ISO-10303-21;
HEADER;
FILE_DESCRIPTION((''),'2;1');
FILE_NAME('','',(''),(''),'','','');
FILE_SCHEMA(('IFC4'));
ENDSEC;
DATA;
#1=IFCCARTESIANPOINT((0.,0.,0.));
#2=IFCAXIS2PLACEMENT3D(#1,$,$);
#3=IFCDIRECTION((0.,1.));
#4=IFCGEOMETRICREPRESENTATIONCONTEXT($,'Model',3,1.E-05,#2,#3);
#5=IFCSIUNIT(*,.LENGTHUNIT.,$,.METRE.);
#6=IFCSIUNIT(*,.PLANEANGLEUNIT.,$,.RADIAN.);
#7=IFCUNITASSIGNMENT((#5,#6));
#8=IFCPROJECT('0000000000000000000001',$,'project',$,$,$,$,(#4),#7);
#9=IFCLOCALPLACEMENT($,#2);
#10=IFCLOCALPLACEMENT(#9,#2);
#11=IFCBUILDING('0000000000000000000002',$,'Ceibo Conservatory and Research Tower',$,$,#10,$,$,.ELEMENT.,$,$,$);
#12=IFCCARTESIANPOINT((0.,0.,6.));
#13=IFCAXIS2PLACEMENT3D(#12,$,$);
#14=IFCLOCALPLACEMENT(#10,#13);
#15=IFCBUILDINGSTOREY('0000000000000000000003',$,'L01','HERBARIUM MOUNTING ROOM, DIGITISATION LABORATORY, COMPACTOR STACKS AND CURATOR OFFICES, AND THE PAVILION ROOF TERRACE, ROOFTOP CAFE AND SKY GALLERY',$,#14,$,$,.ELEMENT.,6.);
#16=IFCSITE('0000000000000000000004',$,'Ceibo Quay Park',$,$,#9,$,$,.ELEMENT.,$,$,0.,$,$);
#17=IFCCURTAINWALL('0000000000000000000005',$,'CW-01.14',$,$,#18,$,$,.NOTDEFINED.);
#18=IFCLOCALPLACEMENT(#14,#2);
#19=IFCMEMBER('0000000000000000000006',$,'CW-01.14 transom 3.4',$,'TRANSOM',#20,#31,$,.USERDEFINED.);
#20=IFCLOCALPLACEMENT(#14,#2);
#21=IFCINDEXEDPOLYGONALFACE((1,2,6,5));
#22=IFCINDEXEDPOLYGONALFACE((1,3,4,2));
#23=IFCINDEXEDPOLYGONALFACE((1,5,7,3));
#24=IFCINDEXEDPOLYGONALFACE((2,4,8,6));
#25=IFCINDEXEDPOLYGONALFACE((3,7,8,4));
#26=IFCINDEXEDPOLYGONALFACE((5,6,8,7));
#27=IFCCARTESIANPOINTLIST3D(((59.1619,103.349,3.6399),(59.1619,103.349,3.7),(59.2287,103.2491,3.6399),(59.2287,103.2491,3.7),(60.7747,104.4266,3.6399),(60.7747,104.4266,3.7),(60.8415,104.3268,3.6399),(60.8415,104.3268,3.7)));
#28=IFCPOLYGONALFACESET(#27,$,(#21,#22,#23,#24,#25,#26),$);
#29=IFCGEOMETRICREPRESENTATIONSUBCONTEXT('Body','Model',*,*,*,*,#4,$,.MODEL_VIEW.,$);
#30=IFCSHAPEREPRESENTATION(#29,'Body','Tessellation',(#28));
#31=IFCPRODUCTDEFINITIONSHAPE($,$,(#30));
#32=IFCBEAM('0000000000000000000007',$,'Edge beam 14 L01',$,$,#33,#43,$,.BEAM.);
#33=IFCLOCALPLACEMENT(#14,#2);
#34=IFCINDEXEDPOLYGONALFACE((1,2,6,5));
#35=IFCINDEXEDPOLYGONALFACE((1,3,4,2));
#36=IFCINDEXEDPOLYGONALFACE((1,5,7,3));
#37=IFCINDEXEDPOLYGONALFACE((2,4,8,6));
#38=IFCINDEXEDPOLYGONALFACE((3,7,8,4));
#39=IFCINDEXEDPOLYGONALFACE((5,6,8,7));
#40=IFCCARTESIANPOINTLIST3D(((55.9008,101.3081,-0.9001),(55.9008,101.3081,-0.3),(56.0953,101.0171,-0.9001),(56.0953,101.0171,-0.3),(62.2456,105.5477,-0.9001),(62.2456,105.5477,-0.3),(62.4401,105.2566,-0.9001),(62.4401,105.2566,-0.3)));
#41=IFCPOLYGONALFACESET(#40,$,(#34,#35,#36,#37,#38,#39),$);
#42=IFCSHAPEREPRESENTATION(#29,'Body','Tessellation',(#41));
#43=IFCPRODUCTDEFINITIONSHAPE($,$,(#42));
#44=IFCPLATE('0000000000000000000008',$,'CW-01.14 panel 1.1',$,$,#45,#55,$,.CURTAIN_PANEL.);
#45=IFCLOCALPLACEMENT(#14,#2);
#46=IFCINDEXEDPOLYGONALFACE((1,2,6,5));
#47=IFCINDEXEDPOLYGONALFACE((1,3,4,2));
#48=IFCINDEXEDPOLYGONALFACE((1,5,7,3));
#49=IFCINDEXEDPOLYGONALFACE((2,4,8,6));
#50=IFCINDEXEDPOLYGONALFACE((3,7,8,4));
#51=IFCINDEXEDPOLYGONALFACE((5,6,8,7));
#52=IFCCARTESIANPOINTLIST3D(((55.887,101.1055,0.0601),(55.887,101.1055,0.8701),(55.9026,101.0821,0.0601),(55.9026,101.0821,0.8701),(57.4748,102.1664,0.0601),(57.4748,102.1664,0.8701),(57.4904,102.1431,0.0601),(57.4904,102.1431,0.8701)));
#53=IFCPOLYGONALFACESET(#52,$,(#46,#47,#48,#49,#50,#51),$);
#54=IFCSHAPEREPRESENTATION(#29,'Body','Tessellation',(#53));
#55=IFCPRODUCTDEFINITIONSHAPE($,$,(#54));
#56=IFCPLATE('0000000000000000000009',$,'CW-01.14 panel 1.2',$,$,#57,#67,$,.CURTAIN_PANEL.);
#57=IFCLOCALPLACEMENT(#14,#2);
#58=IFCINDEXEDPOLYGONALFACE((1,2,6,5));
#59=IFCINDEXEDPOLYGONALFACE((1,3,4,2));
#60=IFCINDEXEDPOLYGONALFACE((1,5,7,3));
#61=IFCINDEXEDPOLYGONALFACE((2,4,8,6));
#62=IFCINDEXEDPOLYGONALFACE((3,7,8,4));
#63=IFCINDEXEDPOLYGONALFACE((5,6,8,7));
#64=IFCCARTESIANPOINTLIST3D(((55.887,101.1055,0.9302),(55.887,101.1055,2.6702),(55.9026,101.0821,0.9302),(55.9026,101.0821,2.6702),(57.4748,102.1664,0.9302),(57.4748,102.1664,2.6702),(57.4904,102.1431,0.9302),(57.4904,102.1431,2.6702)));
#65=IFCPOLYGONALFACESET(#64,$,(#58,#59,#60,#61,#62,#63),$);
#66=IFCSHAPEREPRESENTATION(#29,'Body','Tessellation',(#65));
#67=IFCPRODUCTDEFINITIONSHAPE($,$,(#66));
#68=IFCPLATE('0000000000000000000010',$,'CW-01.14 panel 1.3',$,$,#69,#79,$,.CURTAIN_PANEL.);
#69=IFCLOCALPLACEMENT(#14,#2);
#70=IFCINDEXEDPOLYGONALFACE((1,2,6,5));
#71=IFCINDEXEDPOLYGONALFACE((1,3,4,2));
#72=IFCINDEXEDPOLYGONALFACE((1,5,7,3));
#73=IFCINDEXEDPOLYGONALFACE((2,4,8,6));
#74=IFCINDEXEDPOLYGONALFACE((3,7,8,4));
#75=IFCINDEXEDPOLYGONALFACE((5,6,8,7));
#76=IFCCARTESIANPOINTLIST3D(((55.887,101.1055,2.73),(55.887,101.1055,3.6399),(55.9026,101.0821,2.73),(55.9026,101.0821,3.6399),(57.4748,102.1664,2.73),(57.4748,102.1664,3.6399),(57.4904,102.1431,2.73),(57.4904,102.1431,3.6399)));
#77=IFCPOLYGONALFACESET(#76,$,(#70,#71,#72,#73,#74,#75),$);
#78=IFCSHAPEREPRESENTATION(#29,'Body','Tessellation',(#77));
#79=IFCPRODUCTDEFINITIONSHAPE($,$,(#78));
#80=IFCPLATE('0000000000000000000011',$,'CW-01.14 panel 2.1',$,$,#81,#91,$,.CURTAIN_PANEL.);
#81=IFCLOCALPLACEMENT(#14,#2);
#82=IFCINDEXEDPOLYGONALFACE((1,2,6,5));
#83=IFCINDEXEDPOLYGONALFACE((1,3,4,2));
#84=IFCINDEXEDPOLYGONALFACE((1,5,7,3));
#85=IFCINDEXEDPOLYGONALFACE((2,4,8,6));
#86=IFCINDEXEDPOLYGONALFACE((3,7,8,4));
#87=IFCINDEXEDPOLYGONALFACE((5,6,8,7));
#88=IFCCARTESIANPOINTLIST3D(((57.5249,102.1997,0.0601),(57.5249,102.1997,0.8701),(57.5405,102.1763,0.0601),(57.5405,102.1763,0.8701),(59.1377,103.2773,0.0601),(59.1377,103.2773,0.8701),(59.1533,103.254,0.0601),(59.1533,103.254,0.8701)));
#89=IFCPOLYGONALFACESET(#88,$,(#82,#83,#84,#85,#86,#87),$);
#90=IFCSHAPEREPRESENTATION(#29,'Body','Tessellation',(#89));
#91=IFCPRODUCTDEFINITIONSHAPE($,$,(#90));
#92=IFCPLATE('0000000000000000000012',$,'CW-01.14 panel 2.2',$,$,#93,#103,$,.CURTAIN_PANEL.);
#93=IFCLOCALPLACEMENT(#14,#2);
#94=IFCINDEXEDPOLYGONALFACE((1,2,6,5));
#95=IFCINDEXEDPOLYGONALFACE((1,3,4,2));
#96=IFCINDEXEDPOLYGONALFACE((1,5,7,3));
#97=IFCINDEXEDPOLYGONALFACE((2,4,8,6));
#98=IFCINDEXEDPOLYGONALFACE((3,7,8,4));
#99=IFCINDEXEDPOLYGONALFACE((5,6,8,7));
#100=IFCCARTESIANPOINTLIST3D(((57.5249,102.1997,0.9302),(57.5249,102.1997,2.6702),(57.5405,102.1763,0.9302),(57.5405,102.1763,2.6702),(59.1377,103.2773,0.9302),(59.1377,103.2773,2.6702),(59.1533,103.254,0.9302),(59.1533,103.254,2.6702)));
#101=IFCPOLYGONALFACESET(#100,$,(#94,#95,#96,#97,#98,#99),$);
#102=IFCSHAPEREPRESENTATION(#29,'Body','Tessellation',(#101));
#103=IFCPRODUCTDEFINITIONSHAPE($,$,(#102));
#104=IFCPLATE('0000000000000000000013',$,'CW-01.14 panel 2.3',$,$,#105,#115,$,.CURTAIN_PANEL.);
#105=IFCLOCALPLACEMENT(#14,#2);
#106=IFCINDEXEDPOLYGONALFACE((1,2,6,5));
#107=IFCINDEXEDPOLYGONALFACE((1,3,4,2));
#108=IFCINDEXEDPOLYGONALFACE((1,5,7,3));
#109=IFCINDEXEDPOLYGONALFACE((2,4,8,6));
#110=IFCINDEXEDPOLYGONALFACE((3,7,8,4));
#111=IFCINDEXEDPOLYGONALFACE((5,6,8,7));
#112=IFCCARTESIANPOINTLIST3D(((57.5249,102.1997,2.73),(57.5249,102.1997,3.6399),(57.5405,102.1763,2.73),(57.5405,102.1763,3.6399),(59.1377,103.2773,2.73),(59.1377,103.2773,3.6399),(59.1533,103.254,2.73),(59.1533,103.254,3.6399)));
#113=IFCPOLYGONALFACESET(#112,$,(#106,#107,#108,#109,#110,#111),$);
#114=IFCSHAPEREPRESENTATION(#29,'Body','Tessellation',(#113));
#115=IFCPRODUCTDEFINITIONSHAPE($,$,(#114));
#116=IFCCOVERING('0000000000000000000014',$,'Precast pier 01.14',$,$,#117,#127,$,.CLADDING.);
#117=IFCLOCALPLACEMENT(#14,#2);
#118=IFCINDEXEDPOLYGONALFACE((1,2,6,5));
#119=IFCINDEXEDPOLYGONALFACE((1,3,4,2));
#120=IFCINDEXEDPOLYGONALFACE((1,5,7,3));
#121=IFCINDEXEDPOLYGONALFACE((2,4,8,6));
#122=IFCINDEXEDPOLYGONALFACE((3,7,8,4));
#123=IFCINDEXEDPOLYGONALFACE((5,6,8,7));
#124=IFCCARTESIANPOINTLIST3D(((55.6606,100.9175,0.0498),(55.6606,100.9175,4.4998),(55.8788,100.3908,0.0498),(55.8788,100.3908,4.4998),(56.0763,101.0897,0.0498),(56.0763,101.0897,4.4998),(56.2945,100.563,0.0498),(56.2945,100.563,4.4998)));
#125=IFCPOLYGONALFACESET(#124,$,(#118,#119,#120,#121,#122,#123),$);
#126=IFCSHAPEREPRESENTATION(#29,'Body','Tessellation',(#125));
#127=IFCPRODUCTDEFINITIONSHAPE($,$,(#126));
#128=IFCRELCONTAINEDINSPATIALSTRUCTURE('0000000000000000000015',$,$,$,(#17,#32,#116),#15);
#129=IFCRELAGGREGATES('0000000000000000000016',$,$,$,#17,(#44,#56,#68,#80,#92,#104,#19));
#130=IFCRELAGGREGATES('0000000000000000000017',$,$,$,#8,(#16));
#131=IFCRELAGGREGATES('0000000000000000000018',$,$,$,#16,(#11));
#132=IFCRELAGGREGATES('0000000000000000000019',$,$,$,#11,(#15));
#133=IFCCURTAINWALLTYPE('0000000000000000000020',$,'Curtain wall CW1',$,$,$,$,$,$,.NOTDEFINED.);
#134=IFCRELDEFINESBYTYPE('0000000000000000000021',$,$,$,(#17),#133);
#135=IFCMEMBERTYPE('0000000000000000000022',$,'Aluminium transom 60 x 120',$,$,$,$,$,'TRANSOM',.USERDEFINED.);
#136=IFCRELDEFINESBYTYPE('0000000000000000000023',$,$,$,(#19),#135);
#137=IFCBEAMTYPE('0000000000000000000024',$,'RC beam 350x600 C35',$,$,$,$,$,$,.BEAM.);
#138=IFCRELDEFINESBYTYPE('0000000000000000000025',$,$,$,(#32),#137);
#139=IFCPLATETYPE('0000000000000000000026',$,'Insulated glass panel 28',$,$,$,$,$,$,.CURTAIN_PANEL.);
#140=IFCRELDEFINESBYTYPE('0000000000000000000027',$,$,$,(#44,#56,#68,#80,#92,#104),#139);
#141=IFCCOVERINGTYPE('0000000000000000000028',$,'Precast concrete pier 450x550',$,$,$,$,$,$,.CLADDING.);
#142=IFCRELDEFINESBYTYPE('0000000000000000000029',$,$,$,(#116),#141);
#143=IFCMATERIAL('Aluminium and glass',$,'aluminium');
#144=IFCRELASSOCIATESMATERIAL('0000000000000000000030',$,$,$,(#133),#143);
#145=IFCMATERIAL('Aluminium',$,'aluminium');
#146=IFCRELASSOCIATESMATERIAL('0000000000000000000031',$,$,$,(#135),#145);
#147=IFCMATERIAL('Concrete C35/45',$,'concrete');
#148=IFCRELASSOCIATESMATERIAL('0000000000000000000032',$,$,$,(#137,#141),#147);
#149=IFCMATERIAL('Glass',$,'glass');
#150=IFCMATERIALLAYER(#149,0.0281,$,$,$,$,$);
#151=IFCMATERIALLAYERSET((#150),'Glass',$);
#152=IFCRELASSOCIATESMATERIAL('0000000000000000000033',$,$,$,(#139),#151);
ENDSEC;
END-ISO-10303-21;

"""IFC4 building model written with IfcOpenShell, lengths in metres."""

from ifc_helpers import new_model, si_unit, direction, frame, origin, origin_2d, place, context, subcontext, project, spatial, rectangle, extrude, material, layer, layer_set, material_profile, profile_set, type_object, element, aggregate, save


model = new_model("IFC4")

# Units and contexts
model_context = context("Model", 3, precision=1e-05, world=origin(), true_north=direction((0.0, 1.0)))
body_context = subcontext(model_context, "Body", "Model", "MODEL_VIEW")
ifc_project = project(units=[si_unit("LENGTHUNIT", "METRE"), si_unit("PLANEANGLEUNIT", "RADIAN")], contexts=[model_context])

# Site, building, storey
site_placement = place(None, origin())
site = spatial("IfcSite", under=ifc_project, at=site_placement, Name="Ceibo Quay Park", CompositionType="ELEMENT", RefElevation=0.0)
building_placement = place(site_placement, origin())
building = spatial("IfcBuilding", under=site, at=building_placement, Name="Ceibo Conservatory and Research Tower", CompositionType="ELEMENT")
storey_placement = place(building_placement, frame((0.0, 0.0, 6.0)))
storey = spatial("IfcBuildingStorey", under=building, at=storey_placement, Name="L01", Description="HERBARIUM MOUNTING ROOM, DIGITISATION LABORATORY, COMPACTOR STACKS AND CURATOR OFFICES, AND THE PAVILION ROOF TERRACE, ROOFTOP CAFE AND SKY GALLERY", CompositionType="ELEMENT", Elevation=6.0)

# Curtain wall, member
ifc_material_1 = material(Name="Aluminium and glass", Category="aluminium")
curtain_wall_type = type_object("IfcCurtainWallType", Name="Curtain wall CW1", PredefinedType="NOTDEFINED", material=ifc_material_1)
curtain_wall_placement = place(storey_placement, origin())
curtain_wall = element("IfcCurtainWall", 1, at=curtain_wall_placement, inside=storey, type_object=curtain_wall_type, Name="CW-01.14", PredefinedType="NOTDEFINED")
ifc_material_2 = material(Name="Aluminium", Category="aluminium")
ifc_material_profile_1 = material_profile(ifc_material_2, rectangle(XDim=0.1201, YDim=0.0601, at=origin_2d()), Name="Aluminium 60 x 120")
ifc_profile_set_1 = profile_set([ifc_material_profile_1], Name="Aluminium")
member_type_1 = type_object("IfcMemberType", Name="Aluminium transom 60 x 120", ElementType="TRANSOM", PredefinedType="USERDEFINED", material=ifc_profile_set_1)
member_1_placement = place(storey_placement, frame((59.1953, 103.2991, 3.6699), z_axis=(0.831469, 0.555571, 0.0), x_axis=(-0.555571, 0.831469, 0.0)))
member_1 = element("IfcMember", 2, at=member_1_placement, type_object=member_type_1, Name="CW-01.14 transom 3.4", ObjectType="TRANSOM", PredefinedType="USERDEFINED", context=body_context, shape_type="SweptSolid", body=[
    extrude(rectangle(XDim=0.1201, YDim=0.0601, at=origin_2d()), origin(), (0.0, 0.0, 1.0), 1.9397),
])

# Beam
ifc_material_3 = material(Name="Concrete C35/45", Category="concrete")
ifc_material_profile_2 = material_profile(ifc_material_3, rectangle(XDim=0.3501, YDim=0.6001, at=origin_2d()), Name="RC 350x600")
ifc_profile_set_2 = profile_set([ifc_material_profile_2], Name="Concrete C35/45")
beam_type = type_object("IfcBeamType", Name="RC beam 350x600 C35", PredefinedType="BEAM", material=ifc_profile_set_2)
beam_placement = place(storey_placement, frame((55.998, 101.1626, -0.6001), z_axis=(0.831464, 0.555578, 0.0), x_axis=(-0.555578, 0.831464, 0.0)))
element("IfcBeam", 3, at=beam_placement, inside=storey, type_object=beam_type, Name="Edge beam 14 L01", PredefinedType="BEAM", context=body_context, shape_type="SweptSolid", body=[
    extrude(rectangle(XDim=0.3501, YDim=0.6001, at=origin_2d()), origin(), (0.0, 0.0, 1.0), 7.6309),
])

# Plates
ifc_material_4 = material(Name="Glass", Category="glass")
ifc_layer = layer(ifc_material_4, 0.0281)
ifc_layer_set = layer_set([ifc_layer], Name="Glass")
plate_type = type_object("IfcPlateType", Name="Insulated glass panel 28", PredefinedType="CURTAIN_PANEL", material=ifc_layer_set)
plate_1_placement = place(storey_placement, frame((56.6887, 101.6243, 0.0601), z_axis=(0.0, 0.0, 1.0), x_axis=(0.83147, 0.55557, 0.0)))
plate_1 = element("IfcPlate", 4, at=plate_1_placement, type_object=plate_type, Name="CW-01.14 panel 1.1", PredefinedType="CURTAIN_PANEL", context=body_context, shape_type="SweptSolid", body=[
    extrude(rectangle(XDim=1.9097, YDim=0.0281, at=origin_2d()), origin(), (0.0, 0.0, 1.0), 0.8101),
])
plate_2_placement = place(storey_placement, frame((56.6887, 101.6243, 0.9302), z_axis=(0.0, 0.0, 1.0), x_axis=(0.83147, 0.55557, 0.0)))
plate_2 = element("IfcPlate", 5, at=plate_2_placement, type_object=plate_type, Name="CW-01.14 panel 1.2", PredefinedType="CURTAIN_PANEL", context=body_context, shape_type="SweptSolid", body=[
    extrude(rectangle(XDim=1.9097, YDim=0.0281, at=origin_2d()), origin(), (0.0, 0.0, 1.0), 1.74),
])
plate_3_placement = place(storey_placement, frame((56.6887, 101.6243, 2.73), z_axis=(0.0, 0.0, 1.0), x_axis=(0.83147, 0.55557, 0.0)))
plate_3 = element("IfcPlate", 6, at=plate_3_placement, type_object=plate_type, Name="CW-01.14 panel 1.3", PredefinedType="CURTAIN_PANEL", context=body_context, shape_type="SweptSolid", body=[
    extrude(rectangle(XDim=1.9097, YDim=0.0281, at=origin_2d()), origin(), (0.0, 0.0, 1.0), 0.9099),
])
plate_4_placement = place(storey_placement, frame((58.3391, 102.7268, 0.0601), z_axis=(0.0, 0.0, 1.0), x_axis=(0.83147, 0.55557, 0.0)))
plate_4 = element("IfcPlate", 7, at=plate_4_placement, type_object=plate_type, Name="CW-01.14 panel 2.1", PredefinedType="CURTAIN_PANEL", context=body_context, shape_type="SweptSolid", body=[
    extrude(rectangle(XDim=1.9397, YDim=0.0281, at=origin_2d()), origin(), (0.0, 0.0, 1.0), 0.8101),
])
plate_5_placement = place(storey_placement, frame((58.3391, 102.7268, 0.9302), z_axis=(0.0, 0.0, 1.0), x_axis=(0.83147, 0.55557, 0.0)))
plate_5 = element("IfcPlate", 8, at=plate_5_placement, type_object=plate_type, Name="CW-01.14 panel 2.2", PredefinedType="CURTAIN_PANEL", context=body_context, shape_type="SweptSolid", body=[
    extrude(rectangle(XDim=1.9397, YDim=0.0281, at=origin_2d()), origin(), (0.0, 0.0, 1.0), 1.74),
])
plate_6_placement = place(storey_placement, frame((58.3391, 102.7268, 2.73), z_axis=(0.0, 0.0, 1.0), x_axis=(0.83147, 0.55557, 0.0)))
plate_6 = element("IfcPlate", 9, at=plate_6_placement, type_object=plate_type, Name="CW-01.14 panel 2.3", PredefinedType="CURTAIN_PANEL", context=body_context, shape_type="SweptSolid", body=[
    extrude(rectangle(XDim=1.9397, YDim=0.0281, at=origin_2d()), origin(), (0.0, 0.0, 1.0), 0.9099),
])
aggregate(curtain_wall, [plate_1, plate_2, plate_3, plate_4, plate_5, plate_6, member_1])

# Covering
covering_type = type_object("IfcCoveringType", Name="Precast concrete pier 450x550", PredefinedType="CLADDING", material=ifc_material_3)
covering_placement = place(storey_placement, frame((55.9775, 100.7402, 0.0498), z_axis=(0.0, 0.0, 1.0), x_axis=(0.382683, -0.92388, 0.0)))
element("IfcCovering", 10, at=covering_placement, inside=storey, type_object=covering_type, Name="Precast pier 01.14", PredefinedType="CLADDING", context=body_context, shape_type="SweptSolid", body=[
    extrude(rectangle(XDim=0.5701, YDim=0.45, at=origin_2d()), origin(), (0.0, 0.0, 1.0), 4.45),
])

save(model, "model.ifc")
